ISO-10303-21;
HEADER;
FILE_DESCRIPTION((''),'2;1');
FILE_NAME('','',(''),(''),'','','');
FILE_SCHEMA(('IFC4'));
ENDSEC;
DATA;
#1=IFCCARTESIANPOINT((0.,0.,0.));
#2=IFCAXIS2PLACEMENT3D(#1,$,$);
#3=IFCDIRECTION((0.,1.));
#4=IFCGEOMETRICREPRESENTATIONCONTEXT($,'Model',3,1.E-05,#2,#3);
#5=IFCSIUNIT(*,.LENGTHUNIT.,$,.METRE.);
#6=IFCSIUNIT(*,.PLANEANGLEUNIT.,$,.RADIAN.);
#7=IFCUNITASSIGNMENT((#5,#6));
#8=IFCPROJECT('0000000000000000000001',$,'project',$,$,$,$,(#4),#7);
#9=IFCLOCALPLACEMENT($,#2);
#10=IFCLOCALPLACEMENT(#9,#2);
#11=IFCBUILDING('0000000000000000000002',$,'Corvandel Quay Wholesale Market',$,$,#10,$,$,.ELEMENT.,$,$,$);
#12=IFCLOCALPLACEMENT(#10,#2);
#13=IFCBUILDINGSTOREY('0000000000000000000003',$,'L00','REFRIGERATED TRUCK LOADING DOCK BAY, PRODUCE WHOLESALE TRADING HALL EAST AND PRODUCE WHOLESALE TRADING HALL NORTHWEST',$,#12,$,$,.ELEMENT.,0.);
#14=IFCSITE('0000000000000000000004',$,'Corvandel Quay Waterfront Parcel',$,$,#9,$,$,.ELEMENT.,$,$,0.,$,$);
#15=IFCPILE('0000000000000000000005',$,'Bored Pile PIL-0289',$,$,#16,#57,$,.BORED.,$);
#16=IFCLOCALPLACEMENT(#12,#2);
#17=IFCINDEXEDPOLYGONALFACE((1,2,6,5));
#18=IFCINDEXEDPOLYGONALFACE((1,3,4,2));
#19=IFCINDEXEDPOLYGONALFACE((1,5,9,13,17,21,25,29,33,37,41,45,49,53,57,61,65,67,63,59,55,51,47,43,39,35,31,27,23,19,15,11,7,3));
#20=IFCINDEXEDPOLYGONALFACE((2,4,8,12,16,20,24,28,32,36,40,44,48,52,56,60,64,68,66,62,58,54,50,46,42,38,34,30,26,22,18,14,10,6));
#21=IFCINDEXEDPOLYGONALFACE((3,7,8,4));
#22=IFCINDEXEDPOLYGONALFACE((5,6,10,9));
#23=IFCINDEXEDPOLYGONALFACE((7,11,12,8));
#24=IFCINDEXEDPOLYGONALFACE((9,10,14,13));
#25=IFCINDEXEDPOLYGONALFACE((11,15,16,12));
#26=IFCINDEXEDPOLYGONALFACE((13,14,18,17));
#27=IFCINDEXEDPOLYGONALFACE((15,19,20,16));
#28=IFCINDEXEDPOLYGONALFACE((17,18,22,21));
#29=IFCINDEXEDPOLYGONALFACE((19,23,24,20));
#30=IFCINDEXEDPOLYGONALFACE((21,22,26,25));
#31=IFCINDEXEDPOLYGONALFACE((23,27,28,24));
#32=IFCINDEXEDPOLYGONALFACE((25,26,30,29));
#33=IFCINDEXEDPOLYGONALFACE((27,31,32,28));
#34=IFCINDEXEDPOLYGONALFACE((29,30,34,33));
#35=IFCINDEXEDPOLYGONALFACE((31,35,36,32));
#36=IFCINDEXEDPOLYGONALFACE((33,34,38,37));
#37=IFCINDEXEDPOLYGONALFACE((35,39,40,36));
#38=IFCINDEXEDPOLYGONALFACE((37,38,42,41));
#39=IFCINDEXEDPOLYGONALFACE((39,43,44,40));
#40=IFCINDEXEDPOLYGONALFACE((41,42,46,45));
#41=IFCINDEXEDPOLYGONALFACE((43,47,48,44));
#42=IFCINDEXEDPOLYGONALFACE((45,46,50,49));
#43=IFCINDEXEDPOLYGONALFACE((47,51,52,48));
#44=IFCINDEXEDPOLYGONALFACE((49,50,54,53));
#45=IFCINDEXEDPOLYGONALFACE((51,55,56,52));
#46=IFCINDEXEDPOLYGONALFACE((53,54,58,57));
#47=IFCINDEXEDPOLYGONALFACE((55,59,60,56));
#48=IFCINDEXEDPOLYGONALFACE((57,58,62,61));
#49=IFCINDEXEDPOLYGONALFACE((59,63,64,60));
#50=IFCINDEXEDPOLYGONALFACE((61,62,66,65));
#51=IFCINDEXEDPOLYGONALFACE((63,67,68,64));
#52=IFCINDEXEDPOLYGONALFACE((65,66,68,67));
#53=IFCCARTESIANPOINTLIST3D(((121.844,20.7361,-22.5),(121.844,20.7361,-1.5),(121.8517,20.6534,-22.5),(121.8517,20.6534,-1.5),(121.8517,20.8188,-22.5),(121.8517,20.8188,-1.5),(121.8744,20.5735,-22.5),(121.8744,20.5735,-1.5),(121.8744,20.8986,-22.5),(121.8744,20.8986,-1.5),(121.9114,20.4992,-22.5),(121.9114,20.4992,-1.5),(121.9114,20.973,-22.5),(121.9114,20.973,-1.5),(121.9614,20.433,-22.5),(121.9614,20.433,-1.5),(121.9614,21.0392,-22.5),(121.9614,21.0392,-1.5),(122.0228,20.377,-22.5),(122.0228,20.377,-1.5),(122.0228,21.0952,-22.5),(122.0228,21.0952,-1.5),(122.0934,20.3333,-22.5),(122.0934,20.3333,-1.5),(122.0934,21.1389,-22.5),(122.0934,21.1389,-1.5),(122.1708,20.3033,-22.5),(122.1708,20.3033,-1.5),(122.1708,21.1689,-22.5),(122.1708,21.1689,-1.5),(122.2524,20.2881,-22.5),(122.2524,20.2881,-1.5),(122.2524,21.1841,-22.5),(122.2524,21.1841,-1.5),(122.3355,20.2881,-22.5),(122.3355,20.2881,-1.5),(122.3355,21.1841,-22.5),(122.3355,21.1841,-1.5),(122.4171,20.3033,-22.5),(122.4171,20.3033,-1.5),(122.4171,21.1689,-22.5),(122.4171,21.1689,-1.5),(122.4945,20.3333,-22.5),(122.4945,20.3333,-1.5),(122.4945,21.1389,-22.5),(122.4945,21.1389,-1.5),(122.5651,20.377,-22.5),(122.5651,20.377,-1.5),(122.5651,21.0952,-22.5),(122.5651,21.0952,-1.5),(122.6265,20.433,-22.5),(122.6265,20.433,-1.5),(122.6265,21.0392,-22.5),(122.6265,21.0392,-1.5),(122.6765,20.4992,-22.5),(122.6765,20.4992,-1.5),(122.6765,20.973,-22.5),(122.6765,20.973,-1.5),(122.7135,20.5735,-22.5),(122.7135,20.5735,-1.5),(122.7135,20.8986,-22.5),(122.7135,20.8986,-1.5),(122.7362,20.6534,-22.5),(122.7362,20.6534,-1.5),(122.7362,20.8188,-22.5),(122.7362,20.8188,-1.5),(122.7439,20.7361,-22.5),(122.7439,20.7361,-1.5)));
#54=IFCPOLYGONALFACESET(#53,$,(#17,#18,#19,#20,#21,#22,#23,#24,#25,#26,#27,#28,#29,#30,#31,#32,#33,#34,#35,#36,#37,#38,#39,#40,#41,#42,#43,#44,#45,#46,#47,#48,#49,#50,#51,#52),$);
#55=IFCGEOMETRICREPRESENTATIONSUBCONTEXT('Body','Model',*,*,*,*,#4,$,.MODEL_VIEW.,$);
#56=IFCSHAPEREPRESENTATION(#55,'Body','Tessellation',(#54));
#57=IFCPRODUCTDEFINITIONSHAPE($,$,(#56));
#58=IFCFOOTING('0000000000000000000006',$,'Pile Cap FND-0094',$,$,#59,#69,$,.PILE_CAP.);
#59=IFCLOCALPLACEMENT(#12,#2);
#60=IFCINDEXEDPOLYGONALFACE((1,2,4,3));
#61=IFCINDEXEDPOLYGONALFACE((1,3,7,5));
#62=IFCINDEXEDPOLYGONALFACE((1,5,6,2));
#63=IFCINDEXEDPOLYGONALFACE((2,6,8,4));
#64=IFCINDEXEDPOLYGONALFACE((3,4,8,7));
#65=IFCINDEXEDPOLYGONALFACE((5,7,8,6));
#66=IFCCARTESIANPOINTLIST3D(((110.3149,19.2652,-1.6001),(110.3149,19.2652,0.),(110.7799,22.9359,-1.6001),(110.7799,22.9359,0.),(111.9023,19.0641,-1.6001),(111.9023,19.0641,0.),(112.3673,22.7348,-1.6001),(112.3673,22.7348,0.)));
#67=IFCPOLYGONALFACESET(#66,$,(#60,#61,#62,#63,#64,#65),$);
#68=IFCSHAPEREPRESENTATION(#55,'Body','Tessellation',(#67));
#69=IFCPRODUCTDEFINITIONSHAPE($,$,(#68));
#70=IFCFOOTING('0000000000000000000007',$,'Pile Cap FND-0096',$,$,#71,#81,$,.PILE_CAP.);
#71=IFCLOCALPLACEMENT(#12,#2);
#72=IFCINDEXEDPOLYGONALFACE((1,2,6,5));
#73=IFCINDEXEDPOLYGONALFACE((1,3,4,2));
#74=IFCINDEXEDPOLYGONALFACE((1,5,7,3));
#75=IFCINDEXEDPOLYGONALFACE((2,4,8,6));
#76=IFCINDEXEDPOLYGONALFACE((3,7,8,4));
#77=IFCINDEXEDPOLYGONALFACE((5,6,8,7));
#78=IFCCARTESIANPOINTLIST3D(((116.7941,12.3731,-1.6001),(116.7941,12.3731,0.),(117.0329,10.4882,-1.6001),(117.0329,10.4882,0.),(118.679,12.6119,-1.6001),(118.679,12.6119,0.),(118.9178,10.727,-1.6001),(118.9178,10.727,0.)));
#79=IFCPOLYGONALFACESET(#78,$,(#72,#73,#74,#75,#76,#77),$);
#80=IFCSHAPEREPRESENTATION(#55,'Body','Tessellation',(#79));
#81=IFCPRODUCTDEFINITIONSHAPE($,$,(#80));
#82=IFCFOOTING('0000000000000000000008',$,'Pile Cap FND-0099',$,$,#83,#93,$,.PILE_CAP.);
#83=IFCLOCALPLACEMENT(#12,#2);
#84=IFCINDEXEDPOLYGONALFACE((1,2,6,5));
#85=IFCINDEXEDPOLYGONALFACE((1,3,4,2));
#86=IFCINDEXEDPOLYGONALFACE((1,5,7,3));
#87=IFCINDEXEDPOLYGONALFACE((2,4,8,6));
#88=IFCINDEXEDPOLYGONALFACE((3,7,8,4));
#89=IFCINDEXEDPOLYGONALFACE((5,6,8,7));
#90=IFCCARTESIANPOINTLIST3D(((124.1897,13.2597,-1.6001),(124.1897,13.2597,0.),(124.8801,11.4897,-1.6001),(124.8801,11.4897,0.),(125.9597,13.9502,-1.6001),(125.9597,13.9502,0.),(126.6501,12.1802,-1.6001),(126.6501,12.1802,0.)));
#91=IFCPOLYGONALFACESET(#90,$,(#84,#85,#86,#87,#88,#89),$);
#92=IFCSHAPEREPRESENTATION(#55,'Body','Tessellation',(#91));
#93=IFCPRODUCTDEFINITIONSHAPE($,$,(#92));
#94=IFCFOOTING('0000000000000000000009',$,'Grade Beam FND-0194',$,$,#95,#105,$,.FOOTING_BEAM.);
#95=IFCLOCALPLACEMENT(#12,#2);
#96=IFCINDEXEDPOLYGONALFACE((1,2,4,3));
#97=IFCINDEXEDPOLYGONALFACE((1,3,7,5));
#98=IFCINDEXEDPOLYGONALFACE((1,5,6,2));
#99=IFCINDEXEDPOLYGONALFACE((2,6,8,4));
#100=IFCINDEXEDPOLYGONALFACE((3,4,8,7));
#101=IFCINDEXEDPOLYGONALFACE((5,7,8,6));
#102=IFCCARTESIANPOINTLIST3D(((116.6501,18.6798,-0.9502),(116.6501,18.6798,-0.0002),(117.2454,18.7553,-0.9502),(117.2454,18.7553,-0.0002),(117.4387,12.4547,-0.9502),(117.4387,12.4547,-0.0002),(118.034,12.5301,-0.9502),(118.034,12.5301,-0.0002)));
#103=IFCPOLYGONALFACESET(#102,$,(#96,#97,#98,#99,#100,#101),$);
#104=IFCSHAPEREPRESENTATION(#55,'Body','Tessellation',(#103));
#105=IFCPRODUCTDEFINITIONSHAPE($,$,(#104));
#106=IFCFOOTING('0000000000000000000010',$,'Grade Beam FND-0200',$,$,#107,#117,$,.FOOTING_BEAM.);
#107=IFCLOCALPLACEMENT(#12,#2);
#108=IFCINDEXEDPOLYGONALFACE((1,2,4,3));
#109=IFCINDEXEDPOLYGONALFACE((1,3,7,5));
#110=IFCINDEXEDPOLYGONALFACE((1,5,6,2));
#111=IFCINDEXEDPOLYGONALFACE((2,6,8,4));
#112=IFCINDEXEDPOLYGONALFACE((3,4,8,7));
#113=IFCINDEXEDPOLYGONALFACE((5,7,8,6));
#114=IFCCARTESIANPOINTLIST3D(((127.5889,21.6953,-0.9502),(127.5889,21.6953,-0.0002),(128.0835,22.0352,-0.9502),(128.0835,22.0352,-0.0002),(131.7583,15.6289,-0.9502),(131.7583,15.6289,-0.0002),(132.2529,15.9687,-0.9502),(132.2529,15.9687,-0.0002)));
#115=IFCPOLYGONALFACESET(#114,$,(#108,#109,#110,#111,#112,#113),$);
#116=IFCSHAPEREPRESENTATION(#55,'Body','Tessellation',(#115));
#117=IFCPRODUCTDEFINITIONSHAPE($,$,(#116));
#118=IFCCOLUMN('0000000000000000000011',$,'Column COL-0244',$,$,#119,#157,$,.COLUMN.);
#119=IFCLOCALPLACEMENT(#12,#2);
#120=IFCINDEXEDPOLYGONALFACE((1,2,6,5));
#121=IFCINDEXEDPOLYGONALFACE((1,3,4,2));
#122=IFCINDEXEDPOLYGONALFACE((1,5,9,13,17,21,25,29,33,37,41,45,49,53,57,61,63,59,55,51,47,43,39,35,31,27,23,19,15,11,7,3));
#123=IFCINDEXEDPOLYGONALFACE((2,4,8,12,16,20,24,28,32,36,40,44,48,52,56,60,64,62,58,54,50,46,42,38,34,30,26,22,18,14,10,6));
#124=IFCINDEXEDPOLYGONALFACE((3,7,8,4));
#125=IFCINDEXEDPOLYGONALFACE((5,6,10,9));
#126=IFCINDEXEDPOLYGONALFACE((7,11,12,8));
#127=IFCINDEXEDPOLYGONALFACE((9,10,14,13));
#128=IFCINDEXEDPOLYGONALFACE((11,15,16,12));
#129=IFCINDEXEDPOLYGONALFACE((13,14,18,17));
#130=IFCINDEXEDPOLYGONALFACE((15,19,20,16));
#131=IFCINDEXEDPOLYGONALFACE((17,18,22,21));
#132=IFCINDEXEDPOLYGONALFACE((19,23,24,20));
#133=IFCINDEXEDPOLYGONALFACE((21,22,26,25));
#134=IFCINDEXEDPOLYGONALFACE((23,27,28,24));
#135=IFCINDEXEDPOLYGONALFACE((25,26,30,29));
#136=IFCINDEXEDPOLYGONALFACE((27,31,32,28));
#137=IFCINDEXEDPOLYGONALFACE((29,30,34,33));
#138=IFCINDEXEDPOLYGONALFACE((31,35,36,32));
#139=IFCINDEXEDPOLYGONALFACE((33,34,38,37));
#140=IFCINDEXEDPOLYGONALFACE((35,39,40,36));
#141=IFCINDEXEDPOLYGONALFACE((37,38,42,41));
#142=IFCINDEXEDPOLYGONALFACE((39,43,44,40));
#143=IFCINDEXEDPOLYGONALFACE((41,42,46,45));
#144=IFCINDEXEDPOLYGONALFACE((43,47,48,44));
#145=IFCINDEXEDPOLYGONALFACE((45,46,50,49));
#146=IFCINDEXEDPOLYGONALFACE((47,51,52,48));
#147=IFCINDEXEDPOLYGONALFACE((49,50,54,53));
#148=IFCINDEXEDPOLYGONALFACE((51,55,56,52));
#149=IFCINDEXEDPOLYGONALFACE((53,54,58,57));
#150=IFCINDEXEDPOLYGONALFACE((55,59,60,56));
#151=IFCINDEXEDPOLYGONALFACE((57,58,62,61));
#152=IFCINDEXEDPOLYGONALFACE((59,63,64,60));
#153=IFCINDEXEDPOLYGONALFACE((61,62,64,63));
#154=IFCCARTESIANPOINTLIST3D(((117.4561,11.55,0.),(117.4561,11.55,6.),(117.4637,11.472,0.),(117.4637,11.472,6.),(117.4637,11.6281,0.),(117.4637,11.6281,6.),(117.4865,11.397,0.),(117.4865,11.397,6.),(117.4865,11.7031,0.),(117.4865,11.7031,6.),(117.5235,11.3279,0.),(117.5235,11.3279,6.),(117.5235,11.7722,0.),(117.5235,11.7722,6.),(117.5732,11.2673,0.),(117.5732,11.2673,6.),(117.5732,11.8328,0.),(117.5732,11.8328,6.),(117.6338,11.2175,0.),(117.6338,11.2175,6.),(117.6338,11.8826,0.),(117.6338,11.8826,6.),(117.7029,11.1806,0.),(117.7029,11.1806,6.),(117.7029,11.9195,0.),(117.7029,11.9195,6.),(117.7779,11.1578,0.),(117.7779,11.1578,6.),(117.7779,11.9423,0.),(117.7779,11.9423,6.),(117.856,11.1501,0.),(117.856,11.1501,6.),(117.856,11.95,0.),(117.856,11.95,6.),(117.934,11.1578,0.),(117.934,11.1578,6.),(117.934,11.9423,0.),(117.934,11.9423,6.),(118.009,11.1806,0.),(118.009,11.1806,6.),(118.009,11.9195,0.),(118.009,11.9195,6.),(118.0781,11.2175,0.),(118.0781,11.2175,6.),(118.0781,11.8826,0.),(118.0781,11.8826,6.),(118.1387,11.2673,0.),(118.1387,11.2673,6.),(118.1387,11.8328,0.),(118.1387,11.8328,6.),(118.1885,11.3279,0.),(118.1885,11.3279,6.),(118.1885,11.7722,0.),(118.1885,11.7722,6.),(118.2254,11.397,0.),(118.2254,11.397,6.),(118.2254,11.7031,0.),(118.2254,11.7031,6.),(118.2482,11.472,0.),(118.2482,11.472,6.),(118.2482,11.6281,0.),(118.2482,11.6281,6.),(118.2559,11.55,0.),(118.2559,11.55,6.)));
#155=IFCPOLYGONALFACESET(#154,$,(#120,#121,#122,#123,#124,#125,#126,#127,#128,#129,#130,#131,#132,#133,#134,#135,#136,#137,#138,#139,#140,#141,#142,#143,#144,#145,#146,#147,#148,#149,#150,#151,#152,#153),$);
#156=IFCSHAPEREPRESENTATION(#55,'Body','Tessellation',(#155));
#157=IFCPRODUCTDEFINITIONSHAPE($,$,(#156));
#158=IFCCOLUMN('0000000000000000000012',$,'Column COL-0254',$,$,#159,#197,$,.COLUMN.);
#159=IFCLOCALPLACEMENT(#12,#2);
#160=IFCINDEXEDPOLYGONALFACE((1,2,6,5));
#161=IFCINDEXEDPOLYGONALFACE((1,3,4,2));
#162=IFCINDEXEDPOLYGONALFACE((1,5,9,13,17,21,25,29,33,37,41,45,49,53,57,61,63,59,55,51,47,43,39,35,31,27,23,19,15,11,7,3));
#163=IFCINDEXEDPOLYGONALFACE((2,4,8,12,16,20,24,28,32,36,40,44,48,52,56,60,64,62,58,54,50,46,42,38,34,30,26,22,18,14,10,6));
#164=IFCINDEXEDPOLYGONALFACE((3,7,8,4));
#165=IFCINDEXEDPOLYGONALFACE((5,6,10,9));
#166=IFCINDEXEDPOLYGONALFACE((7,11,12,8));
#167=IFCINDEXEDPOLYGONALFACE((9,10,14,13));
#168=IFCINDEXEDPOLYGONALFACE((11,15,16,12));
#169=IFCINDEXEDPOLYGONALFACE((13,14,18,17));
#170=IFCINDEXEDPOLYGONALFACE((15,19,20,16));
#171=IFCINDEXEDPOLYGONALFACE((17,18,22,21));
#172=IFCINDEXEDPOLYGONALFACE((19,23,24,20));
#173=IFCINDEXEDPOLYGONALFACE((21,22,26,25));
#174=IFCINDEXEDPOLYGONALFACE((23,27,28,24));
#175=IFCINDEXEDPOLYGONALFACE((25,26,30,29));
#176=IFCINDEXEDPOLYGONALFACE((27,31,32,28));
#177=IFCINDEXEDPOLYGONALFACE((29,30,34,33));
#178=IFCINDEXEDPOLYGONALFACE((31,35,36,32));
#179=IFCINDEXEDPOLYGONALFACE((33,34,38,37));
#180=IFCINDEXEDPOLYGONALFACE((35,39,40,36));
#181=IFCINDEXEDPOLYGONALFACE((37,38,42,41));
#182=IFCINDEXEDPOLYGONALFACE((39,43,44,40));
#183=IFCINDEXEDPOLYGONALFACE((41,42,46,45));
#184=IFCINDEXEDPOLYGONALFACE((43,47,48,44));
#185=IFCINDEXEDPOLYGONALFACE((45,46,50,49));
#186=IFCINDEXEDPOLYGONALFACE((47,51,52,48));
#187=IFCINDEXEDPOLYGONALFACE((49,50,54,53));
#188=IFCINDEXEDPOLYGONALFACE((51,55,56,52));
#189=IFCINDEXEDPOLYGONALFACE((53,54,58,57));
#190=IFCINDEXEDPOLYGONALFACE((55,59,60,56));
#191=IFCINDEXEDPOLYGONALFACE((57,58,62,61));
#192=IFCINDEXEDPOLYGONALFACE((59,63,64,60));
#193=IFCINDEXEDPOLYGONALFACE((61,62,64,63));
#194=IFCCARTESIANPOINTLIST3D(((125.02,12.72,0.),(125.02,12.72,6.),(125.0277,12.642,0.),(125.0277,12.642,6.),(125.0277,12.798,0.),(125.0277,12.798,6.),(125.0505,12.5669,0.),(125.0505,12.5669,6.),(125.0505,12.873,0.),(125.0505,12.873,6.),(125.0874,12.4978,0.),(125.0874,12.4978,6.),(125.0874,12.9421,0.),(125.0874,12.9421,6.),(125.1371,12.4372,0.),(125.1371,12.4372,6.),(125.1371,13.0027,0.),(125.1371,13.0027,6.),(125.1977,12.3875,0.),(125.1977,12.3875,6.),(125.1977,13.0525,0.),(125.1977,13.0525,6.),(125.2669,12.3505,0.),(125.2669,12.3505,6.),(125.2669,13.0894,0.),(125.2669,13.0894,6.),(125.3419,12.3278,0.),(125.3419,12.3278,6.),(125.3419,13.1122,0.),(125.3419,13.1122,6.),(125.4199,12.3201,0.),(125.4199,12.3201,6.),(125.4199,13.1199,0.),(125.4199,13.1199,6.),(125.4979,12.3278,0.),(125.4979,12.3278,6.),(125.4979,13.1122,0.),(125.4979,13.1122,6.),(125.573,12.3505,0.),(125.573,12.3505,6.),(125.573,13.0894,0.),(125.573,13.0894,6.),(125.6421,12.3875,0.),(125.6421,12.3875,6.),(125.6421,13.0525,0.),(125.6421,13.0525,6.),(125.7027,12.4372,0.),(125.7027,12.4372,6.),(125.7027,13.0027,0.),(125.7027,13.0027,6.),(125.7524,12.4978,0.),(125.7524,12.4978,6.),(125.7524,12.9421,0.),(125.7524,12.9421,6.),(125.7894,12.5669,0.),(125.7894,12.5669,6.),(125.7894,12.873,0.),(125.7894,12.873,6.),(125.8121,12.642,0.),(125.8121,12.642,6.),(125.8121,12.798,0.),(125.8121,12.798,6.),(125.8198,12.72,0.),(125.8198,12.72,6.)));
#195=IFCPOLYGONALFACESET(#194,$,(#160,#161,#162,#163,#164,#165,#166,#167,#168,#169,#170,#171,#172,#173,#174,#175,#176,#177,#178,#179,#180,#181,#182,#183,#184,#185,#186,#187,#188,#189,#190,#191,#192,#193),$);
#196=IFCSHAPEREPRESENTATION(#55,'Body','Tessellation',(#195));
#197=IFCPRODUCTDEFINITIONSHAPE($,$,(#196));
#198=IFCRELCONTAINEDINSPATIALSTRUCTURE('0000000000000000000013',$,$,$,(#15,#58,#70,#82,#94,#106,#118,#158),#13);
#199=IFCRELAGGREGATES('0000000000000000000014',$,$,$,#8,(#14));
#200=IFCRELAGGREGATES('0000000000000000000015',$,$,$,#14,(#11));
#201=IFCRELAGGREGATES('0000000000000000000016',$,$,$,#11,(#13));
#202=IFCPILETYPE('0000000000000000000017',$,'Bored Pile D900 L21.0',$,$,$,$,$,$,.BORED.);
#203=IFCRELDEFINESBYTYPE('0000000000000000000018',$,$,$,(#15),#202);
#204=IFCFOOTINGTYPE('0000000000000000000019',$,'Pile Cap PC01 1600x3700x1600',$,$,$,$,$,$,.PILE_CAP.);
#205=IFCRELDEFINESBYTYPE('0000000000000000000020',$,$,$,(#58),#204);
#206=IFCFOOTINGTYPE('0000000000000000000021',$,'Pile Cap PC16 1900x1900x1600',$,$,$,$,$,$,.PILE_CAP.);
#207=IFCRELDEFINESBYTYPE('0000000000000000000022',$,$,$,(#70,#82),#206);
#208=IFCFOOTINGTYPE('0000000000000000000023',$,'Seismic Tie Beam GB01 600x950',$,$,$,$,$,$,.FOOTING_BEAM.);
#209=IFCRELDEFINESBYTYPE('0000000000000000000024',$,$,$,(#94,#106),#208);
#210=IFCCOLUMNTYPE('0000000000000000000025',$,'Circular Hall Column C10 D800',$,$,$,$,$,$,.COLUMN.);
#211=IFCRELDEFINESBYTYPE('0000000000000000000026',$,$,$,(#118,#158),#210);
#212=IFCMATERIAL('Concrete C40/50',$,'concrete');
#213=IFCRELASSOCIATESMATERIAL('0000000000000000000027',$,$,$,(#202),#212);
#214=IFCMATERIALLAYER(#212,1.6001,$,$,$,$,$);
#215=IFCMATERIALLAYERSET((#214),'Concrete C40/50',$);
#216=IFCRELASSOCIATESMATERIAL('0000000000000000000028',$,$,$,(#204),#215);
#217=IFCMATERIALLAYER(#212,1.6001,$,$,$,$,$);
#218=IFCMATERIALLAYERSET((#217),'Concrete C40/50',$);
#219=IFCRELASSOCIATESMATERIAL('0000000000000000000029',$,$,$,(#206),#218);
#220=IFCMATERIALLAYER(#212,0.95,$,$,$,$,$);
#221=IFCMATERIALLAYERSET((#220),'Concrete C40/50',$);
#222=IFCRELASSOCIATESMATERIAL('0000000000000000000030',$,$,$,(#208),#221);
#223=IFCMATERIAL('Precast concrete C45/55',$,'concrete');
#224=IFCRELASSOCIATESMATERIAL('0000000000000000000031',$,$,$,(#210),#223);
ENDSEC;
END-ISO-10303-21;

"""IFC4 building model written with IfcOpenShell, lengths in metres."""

from ifc_helpers import new_model, si_unit, direction, frame, origin, origin_2d, place, context, subcontext, project, spatial, rectangle, circle, extrude, material, layer, layer_set, material_profile, profile_set, type_object, element, save


model = new_model("IFC4")

# Units and contexts
model_context = context("Model", 3, precision=1e-05, world=origin(), true_north=direction((0.0, 1.0)))
body_context = subcontext(model_context, "Body", "Model", "MODEL_VIEW")
ifc_project = project(units=[si_unit("LENGTHUNIT", "METRE"), si_unit("PLANEANGLEUNIT", "RADIAN")], contexts=[model_context])

# Site, building, storey
site_placement = place(None, origin())
site = spatial("IfcSite", under=ifc_project, at=site_placement, Name="Corvandel Quay Waterfront Parcel", CompositionType="ELEMENT", RefElevation=0.0)
building_placement = place(site_placement, origin())
building = spatial("IfcBuilding", under=site, at=building_placement, Name="Corvandel Quay Wholesale Market", CompositionType="ELEMENT")
storey_placement = place(building_placement, origin())
storey = spatial("IfcBuildingStorey", under=building, at=storey_placement, Name="L00", Description="REFRIGERATED TRUCK LOADING DOCK BAY, PRODUCE WHOLESALE TRADING HALL EAST AND PRODUCE WHOLESALE TRADING HALL NORTHWEST", CompositionType="ELEMENT", Elevation=0.0)

# Pile
ifc_material_1 = material(Name="Concrete C40/50", Category="concrete")
ifc_material_profile_1 = material_profile(ifc_material_1, circle(Radius=0.45, at=origin_2d()), Name="RC-PILE-D900")
ifc_profile_set_1 = profile_set([ifc_material_profile_1], Name="Concrete C40/50")
pile_type_1 = type_object("IfcPileType", Name="Bored Pile D900 L21.0", PredefinedType="BORED", material=ifc_profile_set_1)
for number, where, z_axis, x_axis, name in (
    (1, (122.2939, 20.7361, -1.5), (0.0, 0.0, -1.0), (1.0, 0.0, 0.0), "Bored Pile PIL-0289"),
):
    element("IfcPile", number, at=place(storey_placement, frame(where, z_axis=z_axis, x_axis=x_axis)), inside=storey, type_object=pile_type_1, Name=name, PredefinedType="BORED", context=body_context, shape_type="SweptSolid", body=[
        extrude(circle(Radius=0.45, at=origin_2d()), origin(), (0.0, 0.0, 1.0), 21.0),
    ])

# Footings
ifc_layer_1 = layer(ifc_material_1, 1.6001)
ifc_layer_set_1 = layer_set([ifc_layer_1], Name="Concrete C40/50")
footing_type_1 = type_object("IfcFootingType", Name="Pile Cap PC01 1600x3700x1600", PredefinedType="PILE_CAP", material=ifc_layer_set_1)
footing_1_placement = place(storey_placement, frame((111.3411, 21.0, -1.6001), z_axis=(0.0, 0.0, 1.0), x_axis=(-0.992071, 0.12568, 0.0)))
element("IfcFooting", 2, at=footing_1_placement, inside=storey, type_object=footing_type_1, Name="Pile Cap FND-0094", PredefinedType="PILE_CAP", context=body_context, shape_type="SweptSolid", body=[
    extrude(rectangle(XDim=1.6001, YDim=3.7, at=origin_2d()), origin(), (0.0, 0.0, 1.0), 1.6001),
])
ifc_layer_2 = layer(ifc_material_1, 1.6001)
ifc_layer_set_2 = layer_set([ifc_layer_2], Name="Concrete C40/50")
footing_type_2 = type_object("IfcFootingType", Name="Pile Cap PC16 1900x1900x1600", PredefinedType="PILE_CAP", material=ifc_layer_set_2)
for number, where, z_axis, x_axis, name in (
    (3, (117.856, 11.55, -1.6001), (0.0, 0.0, 1.0), (0.992071, 0.12568, 0.0), "Pile Cap FND-0096"),
    (4, (125.4199, 12.72, -1.6001), (0.0, 0.0, 1.0), (0.931628, 0.363414, 0.0), "Pile Cap FND-0099"),
):
    element("IfcFooting", number, at=place(storey_placement, frame(where, z_axis=z_axis, x_axis=x_axis)), inside=storey, type_object=footing_type_2, Name=name, PredefinedType="PILE_CAP", context=body_context, shape_type="SweptSolid", body=[
        extrude(rectangle(XDim=1.8999, YDim=1.8999, at=origin_2d()), origin(), (0.0, 0.0, 1.0), 1.6001),
    ])
ifc_layer_3 = layer(ifc_material_1, 0.95)
ifc_layer_set_3 = layer_set([ifc_layer_3], Name="Concrete C40/50")
footing_type_3 = type_object("IfcFootingType", Name="Seismic Tie Beam GB01 600x950", PredefinedType="FOOTING_BEAM", material=ifc_layer_set_3)
footing_2_placement = place(storey_placement, frame((117.342, 15.605, -0.9502), z_axis=(0.0, 0.0, 1.0), x_axis=(-0.12568, 0.992071, 0.0)))
element("IfcFooting", 5, at=footing_2_placement, inside=storey, type_object=footing_type_3, Name="Grade Beam FND-0194", PredefinedType="FOOTING_BEAM", context=body_context, shape_type="SweptSolid", body=[
    extrude(rectangle(XDim=6.2749, YDim=0.6001, at=origin_2d()), origin(), (0.0, 0.0, 1.0), 0.95),
])
footing_3_placement = place(storey_placement, frame((129.9209, 18.832, -0.9502), z_axis=(0.0, 0.0, 1.0), x_axis=(-0.566406, 0.824126, 0.0)))
element("IfcFooting", 6, at=footing_3_placement, inside=storey, type_object=footing_type_3, Name="Grade Beam FND-0200", PredefinedType="FOOTING_BEAM", context=body_context, shape_type="SweptSolid", body=[
    extrude(rectangle(XDim=7.3611, YDim=0.6001, at=origin_2d()), origin(), (0.0, 0.0, 1.0), 0.95),
])

# Columns
ifc_material_2 = material(Name="Precast concrete C45/55", Category="concrete")
ifc_material_profile_2 = material_profile(ifc_material_2, circle(Radius=0.3999, at=origin_2d()), Name="PC-COL-D800")
ifc_profile_set_2 = profile_set([ifc_material_profile_2], Name="Precast concrete C45/55")
column_type = type_object("IfcColumnType", Name="Circular Hall Column C10 D800", PredefinedType="COLUMN", material=ifc_profile_set_2)
for number, where, z_axis, x_axis, name in (
    (7, (117.856, 11.55, 0.0), (0.0, 0.0, 1.0), (1.0, 0.0, 0.0), "Column COL-0244"),
    (8, (125.4199, 12.72, 0.0), (0.0, 0.0, 1.0), (1.0, 0.0, 0.0), "Column COL-0254"),
):
    element("IfcColumn", number, at=place(storey_placement, frame(where, z_axis=z_axis, x_axis=x_axis)), inside=storey, type_object=column_type, Name=name, PredefinedType="COLUMN", context=body_context, shape_type="SweptSolid", body=[
        extrude(circle(Radius=0.3999, at=origin_2d()), origin(), (0.0, 0.0, 1.0), 6.0),
    ])

save(model, "model.ifc")
